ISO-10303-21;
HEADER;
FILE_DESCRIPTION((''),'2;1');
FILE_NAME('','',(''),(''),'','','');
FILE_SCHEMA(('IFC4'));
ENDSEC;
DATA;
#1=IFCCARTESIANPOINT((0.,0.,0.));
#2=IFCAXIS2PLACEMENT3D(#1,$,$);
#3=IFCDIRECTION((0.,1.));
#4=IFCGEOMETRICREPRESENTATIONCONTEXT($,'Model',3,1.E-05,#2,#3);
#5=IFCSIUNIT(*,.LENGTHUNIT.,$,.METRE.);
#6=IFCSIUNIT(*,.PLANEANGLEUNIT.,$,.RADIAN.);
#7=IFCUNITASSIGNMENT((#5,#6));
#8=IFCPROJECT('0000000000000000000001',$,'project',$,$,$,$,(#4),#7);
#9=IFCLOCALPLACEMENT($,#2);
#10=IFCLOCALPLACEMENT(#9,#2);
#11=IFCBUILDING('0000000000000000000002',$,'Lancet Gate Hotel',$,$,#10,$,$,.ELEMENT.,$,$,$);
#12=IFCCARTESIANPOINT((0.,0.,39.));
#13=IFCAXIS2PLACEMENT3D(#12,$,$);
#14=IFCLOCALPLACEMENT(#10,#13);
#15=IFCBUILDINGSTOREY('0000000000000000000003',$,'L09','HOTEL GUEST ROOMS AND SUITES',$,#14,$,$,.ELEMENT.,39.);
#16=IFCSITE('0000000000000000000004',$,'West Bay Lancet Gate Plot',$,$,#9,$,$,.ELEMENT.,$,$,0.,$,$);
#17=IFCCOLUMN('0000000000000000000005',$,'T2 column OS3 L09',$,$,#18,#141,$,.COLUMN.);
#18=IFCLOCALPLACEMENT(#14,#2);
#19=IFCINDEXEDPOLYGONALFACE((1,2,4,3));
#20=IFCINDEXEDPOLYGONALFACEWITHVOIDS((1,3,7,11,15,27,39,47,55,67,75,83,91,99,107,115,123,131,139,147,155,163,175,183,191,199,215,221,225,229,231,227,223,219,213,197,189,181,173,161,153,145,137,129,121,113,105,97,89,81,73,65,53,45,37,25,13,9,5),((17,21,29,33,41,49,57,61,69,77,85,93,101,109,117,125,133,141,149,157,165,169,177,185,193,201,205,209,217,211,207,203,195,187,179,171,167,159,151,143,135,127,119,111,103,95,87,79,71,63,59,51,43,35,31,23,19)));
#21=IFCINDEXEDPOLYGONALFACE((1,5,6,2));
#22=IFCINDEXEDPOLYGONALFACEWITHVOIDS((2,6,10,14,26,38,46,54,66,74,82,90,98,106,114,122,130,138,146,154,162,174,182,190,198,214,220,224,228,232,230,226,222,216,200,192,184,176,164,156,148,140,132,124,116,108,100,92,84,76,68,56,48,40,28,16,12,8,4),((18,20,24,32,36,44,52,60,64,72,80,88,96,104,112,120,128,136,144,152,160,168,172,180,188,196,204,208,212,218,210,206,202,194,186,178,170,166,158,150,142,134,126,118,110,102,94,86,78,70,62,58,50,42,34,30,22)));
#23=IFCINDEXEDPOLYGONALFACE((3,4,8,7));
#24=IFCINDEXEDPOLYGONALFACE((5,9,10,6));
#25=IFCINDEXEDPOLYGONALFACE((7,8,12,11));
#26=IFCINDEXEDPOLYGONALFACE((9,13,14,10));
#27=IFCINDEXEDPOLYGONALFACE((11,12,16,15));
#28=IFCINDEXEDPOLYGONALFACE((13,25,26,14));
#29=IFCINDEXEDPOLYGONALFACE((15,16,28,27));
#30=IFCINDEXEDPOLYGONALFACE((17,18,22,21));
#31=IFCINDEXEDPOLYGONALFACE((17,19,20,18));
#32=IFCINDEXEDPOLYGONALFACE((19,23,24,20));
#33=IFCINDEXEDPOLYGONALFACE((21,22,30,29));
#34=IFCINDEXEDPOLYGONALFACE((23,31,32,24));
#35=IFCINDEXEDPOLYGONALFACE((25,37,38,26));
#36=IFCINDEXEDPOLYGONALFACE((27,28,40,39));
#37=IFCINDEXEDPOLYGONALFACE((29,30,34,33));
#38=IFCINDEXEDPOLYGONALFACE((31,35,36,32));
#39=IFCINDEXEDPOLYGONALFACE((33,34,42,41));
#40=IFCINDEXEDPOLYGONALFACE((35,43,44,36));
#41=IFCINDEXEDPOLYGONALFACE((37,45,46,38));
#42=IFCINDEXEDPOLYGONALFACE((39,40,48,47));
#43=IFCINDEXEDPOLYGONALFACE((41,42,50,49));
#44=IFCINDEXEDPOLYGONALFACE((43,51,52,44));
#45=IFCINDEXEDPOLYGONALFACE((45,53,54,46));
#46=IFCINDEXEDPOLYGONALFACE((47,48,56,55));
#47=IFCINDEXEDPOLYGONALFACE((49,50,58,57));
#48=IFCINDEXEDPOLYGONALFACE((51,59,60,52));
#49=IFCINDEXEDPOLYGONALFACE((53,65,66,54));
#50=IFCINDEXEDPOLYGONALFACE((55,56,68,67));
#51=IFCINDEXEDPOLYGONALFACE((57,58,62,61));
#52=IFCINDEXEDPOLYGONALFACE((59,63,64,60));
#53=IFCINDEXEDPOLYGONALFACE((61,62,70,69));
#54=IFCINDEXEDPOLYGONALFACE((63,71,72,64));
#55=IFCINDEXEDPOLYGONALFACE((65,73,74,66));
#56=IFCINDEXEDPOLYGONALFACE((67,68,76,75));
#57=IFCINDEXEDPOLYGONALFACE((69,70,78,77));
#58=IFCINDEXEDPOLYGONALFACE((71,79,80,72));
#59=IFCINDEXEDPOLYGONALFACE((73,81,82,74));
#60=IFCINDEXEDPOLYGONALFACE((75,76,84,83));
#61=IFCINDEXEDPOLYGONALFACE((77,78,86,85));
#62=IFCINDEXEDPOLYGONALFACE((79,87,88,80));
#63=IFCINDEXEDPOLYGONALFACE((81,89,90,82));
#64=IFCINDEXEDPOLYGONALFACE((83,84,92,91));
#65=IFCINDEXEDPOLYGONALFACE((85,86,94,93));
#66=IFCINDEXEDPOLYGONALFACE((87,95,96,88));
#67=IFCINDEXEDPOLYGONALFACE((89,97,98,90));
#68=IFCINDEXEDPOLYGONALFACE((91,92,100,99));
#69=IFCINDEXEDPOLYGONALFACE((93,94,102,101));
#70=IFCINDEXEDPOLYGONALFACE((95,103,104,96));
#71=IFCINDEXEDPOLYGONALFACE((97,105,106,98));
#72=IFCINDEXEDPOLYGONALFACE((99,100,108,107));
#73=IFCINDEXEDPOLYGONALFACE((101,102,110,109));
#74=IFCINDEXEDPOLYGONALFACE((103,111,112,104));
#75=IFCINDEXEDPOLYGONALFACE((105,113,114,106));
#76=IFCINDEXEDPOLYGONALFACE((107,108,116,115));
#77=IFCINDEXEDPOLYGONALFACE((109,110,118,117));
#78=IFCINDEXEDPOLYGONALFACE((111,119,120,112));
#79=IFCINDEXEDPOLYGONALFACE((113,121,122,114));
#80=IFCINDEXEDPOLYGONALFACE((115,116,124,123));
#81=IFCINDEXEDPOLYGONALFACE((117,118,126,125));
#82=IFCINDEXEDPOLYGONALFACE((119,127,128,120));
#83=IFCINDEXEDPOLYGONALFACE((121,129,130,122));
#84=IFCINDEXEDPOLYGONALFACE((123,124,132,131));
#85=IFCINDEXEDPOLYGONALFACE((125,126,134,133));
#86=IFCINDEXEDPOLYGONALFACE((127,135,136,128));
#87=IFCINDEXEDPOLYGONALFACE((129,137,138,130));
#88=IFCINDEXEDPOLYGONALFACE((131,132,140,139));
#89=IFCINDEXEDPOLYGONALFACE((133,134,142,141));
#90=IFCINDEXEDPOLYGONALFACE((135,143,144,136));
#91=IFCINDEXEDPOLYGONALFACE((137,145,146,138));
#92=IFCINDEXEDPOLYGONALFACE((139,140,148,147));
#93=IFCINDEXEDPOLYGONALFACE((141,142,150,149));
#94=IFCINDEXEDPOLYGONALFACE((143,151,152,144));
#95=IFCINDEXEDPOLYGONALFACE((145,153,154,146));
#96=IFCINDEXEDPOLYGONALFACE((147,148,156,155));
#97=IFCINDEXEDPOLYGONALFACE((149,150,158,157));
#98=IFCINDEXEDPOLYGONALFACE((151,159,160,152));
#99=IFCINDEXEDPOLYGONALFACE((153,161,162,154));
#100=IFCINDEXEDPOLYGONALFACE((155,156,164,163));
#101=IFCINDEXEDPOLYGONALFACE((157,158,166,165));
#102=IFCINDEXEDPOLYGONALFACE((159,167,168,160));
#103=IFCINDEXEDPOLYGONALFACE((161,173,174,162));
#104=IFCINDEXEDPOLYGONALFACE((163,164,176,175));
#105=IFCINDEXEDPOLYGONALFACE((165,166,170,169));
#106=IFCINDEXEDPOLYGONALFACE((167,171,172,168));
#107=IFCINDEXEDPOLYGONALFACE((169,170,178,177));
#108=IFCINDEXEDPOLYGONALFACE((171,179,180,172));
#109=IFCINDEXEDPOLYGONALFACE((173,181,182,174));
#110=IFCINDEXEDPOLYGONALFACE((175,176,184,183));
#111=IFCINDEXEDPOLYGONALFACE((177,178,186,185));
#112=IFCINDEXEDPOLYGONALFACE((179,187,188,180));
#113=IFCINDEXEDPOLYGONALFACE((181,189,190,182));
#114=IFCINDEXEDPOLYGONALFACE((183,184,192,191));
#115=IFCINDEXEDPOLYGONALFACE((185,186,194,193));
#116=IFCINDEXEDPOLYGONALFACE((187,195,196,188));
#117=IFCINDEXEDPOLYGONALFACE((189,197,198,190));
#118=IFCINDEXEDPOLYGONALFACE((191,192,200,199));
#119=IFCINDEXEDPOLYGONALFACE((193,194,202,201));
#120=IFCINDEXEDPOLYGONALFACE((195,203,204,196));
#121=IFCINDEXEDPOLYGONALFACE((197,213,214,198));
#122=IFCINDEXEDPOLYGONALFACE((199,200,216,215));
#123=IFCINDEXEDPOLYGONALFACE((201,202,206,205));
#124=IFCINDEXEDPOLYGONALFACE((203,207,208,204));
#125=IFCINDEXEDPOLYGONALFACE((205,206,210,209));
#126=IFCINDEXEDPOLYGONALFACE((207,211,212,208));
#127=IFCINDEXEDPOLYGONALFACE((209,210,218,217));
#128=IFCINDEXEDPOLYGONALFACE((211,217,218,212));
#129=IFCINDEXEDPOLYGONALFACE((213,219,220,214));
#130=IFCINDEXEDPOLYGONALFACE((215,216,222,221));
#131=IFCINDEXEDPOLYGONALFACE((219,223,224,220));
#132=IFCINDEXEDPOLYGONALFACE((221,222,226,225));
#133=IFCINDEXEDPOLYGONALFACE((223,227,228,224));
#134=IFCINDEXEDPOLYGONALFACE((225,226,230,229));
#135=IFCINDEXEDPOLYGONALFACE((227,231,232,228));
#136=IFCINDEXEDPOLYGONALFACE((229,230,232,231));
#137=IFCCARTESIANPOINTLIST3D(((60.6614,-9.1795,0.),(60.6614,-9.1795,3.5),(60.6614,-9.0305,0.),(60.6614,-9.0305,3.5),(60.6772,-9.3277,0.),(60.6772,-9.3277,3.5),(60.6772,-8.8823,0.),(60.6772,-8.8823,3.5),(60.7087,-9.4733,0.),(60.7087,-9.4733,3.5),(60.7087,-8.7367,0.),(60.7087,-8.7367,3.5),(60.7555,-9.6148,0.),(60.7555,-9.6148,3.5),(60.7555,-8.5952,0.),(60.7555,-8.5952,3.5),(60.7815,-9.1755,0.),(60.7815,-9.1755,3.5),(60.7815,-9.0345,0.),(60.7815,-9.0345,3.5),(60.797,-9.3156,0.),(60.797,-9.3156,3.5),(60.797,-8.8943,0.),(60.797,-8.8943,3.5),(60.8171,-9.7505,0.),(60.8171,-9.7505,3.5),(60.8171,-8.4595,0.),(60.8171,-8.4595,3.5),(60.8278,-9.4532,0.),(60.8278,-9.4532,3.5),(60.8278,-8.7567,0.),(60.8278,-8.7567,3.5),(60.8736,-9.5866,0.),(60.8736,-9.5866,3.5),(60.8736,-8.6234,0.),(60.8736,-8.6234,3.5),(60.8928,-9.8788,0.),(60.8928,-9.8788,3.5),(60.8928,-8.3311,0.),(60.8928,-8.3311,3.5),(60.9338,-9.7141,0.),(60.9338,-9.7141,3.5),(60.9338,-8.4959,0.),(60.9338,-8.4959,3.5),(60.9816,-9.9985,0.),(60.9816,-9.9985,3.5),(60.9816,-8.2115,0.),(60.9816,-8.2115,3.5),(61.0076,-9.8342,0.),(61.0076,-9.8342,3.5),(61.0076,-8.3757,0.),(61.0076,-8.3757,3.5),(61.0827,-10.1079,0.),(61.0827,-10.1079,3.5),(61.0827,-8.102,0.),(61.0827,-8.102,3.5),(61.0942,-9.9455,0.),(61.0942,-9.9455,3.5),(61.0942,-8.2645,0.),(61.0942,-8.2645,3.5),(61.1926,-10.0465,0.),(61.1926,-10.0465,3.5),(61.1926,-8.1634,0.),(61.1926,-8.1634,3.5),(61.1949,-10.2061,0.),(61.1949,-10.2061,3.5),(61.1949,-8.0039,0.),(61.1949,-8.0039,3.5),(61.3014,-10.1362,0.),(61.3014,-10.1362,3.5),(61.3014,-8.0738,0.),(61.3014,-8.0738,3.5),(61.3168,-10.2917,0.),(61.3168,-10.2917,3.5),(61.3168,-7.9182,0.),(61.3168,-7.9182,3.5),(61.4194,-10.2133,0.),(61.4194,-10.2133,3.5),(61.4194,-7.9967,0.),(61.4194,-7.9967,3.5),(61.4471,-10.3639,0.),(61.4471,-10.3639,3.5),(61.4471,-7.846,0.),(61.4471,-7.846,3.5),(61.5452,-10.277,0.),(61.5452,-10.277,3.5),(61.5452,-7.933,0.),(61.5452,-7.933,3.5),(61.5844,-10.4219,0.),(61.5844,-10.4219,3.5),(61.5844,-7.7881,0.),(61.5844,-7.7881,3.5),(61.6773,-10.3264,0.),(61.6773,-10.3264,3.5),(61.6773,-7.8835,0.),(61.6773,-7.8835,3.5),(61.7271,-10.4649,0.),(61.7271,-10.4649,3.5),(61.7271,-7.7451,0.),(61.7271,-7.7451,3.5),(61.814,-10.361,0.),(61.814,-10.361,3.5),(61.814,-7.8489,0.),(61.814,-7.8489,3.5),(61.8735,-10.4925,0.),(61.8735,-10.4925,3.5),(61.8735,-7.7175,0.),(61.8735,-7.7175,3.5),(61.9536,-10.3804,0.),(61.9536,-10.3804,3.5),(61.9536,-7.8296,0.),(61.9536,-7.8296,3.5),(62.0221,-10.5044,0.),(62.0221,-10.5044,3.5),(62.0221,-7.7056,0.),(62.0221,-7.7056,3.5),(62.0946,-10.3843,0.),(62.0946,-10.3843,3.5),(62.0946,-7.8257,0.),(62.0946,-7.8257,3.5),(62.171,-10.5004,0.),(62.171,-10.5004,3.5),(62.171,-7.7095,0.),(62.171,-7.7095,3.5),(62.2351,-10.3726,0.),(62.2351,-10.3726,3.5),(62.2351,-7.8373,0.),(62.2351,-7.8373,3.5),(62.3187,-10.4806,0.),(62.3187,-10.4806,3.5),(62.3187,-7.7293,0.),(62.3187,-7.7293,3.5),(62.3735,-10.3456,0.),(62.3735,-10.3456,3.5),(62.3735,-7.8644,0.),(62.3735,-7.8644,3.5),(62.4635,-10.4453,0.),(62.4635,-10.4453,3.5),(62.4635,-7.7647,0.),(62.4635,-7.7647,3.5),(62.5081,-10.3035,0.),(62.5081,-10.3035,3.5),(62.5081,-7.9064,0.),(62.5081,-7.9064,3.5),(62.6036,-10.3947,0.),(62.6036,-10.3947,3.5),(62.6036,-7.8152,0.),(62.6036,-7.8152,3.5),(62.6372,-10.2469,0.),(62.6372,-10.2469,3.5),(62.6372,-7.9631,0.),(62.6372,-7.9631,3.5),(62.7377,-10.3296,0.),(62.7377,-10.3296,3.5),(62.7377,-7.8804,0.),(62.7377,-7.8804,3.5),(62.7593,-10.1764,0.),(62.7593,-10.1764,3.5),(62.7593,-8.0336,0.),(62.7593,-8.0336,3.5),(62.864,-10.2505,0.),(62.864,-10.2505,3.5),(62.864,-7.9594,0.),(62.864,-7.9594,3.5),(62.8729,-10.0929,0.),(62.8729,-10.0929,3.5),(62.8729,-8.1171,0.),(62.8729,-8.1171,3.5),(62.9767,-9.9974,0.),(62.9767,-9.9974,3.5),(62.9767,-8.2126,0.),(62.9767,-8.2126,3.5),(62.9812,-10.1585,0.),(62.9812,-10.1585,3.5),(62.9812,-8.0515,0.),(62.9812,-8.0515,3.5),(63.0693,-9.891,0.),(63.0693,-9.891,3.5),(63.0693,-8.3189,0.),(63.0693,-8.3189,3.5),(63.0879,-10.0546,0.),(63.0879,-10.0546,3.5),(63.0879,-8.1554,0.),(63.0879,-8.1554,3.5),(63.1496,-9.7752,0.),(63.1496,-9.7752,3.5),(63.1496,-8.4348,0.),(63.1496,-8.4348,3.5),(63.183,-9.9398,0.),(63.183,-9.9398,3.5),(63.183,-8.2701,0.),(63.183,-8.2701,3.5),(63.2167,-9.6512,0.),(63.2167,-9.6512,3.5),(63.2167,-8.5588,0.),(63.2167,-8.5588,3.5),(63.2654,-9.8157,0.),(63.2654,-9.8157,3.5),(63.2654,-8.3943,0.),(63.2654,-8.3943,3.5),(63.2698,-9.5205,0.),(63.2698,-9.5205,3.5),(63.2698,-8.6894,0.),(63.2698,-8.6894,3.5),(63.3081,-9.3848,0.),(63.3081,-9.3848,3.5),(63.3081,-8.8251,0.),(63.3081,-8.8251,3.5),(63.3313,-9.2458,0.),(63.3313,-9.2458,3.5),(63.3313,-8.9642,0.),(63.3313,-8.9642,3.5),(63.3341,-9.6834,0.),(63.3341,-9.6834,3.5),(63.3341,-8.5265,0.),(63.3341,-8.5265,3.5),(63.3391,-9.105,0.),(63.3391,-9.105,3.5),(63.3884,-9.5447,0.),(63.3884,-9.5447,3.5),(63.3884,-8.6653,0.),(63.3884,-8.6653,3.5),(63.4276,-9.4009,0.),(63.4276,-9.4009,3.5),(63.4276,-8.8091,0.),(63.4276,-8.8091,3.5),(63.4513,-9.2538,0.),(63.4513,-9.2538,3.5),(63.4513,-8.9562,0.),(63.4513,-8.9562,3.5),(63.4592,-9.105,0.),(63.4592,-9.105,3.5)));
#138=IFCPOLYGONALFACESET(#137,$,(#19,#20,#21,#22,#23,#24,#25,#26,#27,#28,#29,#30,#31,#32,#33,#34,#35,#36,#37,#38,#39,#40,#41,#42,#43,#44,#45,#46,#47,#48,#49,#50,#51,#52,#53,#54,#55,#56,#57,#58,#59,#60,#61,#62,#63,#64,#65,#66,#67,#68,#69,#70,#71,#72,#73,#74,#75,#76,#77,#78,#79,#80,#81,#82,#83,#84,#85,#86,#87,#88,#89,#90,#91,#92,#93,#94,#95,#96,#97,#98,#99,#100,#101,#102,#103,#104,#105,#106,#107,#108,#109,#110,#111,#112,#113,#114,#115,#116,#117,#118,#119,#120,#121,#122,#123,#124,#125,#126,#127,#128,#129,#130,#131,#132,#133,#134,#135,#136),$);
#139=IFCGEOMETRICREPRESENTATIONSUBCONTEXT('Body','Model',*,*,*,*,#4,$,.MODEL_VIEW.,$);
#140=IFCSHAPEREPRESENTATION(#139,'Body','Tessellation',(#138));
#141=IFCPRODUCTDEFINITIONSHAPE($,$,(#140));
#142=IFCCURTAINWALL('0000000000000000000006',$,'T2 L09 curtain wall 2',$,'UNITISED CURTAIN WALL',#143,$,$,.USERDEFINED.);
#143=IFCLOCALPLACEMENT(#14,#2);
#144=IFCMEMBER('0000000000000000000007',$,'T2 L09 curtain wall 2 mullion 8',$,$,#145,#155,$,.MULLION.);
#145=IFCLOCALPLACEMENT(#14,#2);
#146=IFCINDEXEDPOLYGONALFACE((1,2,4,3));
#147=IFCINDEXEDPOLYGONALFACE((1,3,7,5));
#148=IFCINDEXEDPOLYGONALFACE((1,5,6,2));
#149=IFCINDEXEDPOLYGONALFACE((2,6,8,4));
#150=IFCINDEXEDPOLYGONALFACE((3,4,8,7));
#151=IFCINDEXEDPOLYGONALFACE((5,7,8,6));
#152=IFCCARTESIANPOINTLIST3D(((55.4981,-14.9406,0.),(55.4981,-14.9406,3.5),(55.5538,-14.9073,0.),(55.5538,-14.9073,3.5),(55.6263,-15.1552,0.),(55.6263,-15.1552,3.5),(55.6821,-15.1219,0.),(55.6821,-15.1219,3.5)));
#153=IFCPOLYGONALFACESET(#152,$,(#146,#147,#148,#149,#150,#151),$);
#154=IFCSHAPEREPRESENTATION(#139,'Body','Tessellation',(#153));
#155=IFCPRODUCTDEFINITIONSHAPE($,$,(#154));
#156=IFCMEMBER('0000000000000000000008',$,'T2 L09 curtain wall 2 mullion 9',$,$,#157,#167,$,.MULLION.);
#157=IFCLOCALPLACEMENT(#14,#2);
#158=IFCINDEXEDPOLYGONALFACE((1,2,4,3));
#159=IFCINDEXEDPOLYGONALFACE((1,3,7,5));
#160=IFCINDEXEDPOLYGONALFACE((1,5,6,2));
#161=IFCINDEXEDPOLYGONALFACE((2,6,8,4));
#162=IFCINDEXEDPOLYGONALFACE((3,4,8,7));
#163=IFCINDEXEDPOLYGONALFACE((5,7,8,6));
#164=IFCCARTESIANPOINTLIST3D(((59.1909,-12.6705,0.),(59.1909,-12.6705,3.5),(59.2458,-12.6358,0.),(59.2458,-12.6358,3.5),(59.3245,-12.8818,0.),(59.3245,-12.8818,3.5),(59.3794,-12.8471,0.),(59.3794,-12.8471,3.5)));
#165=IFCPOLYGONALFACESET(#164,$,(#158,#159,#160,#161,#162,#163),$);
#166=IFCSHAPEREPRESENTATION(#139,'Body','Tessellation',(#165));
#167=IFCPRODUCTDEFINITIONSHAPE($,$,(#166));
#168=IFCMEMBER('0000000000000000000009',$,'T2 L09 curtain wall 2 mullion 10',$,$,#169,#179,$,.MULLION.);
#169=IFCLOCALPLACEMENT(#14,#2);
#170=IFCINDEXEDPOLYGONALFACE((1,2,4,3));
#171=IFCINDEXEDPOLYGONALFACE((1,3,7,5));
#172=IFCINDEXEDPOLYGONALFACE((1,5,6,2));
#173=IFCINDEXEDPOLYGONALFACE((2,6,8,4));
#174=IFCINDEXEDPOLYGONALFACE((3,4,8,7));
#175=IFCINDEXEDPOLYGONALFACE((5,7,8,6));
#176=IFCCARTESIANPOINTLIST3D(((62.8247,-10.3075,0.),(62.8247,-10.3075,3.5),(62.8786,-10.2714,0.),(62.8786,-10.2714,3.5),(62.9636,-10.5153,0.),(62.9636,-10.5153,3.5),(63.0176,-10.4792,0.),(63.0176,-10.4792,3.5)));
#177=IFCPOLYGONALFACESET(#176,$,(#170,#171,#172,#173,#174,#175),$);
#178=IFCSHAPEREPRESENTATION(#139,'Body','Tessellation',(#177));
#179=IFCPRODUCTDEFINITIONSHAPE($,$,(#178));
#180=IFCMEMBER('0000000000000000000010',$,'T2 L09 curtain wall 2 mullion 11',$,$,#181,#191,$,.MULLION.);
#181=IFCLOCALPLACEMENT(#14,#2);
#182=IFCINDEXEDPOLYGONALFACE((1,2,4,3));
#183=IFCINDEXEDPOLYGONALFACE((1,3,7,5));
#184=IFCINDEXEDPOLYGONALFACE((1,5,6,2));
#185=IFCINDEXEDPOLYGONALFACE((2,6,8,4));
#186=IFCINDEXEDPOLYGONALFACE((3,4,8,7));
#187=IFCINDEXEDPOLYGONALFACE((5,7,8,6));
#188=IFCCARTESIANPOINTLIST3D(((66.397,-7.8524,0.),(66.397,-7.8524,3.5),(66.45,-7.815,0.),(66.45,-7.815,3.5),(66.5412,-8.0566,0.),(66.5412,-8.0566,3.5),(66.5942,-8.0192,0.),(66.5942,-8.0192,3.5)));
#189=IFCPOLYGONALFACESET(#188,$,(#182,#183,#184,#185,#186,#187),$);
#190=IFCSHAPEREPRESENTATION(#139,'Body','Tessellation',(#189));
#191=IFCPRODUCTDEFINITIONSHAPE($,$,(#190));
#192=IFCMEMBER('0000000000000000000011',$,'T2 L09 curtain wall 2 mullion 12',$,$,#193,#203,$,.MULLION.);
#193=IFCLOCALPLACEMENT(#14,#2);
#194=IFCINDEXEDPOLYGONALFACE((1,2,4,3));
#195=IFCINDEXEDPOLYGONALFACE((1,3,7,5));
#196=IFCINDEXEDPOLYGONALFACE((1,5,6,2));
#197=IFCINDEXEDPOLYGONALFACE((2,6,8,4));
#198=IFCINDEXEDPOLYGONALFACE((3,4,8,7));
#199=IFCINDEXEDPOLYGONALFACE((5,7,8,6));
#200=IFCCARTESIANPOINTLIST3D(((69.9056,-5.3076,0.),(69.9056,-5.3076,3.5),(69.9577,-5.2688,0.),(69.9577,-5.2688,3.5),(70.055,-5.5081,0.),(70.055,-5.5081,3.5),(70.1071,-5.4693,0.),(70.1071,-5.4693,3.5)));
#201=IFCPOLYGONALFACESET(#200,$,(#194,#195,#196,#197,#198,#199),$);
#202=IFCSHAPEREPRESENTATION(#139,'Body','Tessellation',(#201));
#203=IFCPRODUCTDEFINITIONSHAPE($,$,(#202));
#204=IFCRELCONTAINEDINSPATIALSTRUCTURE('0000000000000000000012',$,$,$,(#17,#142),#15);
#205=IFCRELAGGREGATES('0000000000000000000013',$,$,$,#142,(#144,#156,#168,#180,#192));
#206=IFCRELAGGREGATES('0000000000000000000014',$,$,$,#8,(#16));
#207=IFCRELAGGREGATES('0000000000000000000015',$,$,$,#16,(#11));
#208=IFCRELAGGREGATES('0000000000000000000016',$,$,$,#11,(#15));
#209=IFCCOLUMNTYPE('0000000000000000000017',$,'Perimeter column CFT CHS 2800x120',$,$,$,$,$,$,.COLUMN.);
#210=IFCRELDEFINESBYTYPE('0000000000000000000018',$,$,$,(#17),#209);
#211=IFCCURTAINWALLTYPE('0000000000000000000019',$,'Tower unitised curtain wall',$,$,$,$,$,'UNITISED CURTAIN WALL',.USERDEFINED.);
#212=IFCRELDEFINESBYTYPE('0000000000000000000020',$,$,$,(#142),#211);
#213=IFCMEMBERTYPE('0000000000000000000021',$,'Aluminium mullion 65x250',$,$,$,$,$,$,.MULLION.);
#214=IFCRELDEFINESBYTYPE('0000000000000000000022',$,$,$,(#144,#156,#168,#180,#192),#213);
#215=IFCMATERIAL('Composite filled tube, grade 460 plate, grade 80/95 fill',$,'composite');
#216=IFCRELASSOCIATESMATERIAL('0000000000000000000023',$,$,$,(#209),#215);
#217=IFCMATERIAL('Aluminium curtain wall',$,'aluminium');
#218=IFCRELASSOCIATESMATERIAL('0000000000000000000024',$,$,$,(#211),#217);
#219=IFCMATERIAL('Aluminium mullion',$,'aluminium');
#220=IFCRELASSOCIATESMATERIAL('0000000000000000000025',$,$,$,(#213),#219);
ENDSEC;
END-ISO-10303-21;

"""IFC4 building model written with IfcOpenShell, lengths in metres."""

from ifc_helpers import new_model, si_unit, direction, frame, origin, origin_2d, place, context, subcontext, project, spatial, rectangle, hollow_circle, extrude, material, material_profile, profile_set, type_object, element, aggregate, save


model = new_model("IFC4")

# Units and contexts
model_context = context("Model", 3, precision=1e-05, world=origin(), true_north=direction((0.0, 1.0)))
body_context = subcontext(model_context, "Body", "Model", "MODEL_VIEW")
ifc_project = project(units=[si_unit("LENGTHUNIT", "METRE"), si_unit("PLANEANGLEUNIT", "RADIAN")], contexts=[model_context])

# Site, building, storey
site_placement = place(None, origin())
site = spatial("IfcSite", under=ifc_project, at=site_placement, Name="West Bay Lancet Gate Plot", CompositionType="ELEMENT", RefElevation=0.0)
building_placement = place(site_placement, origin())
building = spatial("IfcBuilding", under=site, at=building_placement, Name="Lancet Gate Hotel", CompositionType="ELEMENT")
storey_placement = place(building_placement, frame((0.0, 0.0, 39.0)))
storey = spatial("IfcBuildingStorey", under=building, at=storey_placement, Name="L09", Description="HOTEL GUEST ROOMS AND SUITES", CompositionType="ELEMENT", Elevation=39.0)

# Column
ifc_material_1 = material(Name="Composite filled tube, grade 460 plate, grade 80/95 fill", Category="composite")
ifc_material_profile_1 = material_profile(ifc_material_1, hollow_circle(Radius=1.3999, WallThickness=0.1201, at=origin_2d()), Name="CHS 2800x120")
ifc_profile_set_1 = profile_set([ifc_material_profile_1], Name="Composite filled tube, grade 460 plate, grade 80/95 fill")
column_type = type_object("IfcColumnType", Name="Perimeter column CFT CHS 2800x120", PredefinedType="COLUMN", material=ifc_profile_set_1)
for number, where, z_axis, x_axis, name in (
    (1, (62.0593, -9.105, 0.0), (0.0, 0.0, 1.0), (1.0, 0.0, 0.0), "T2 column OS3 L09"),
):
    element("IfcColumn", number, at=place(storey_placement, frame(where, z_axis=z_axis, x_axis=x_axis)), inside=storey, type_object=column_type, Name=name, PredefinedType="COLUMN", context=body_context, shape_type="SweptSolid", body=[
        extrude(hollow_circle(Radius=1.3999, WallThickness=0.1201, at=origin_2d()), origin(), (0.0, 0.0, 1.0), 3.5),
    ])

# Curtain wall, members
ifc_material_2 = material(Name="Aluminium curtain wall", Category="aluminium")
curtain_wall_type = type_object("IfcCurtainWallType", Name="Tower unitised curtain wall", ElementType="UNITISED CURTAIN WALL", PredefinedType="USERDEFINED", material=ifc_material_2)
curtain_wall_placement = place(storey_placement, origin())
curtain_wall = element("IfcCurtainWall", 2, at=curtain_wall_placement, inside=storey, type_object=curtain_wall_type, Name="T2 L09 curtain wall 2", ObjectType="UNITISED CURTAIN WALL", PredefinedType="USERDEFINED")
ifc_material_3 = material(Name="Aluminium mullion", Category="aluminium")
ifc_material_profile_2 = material_profile(ifc_material_3, rectangle(XDim=0.0649, YDim=0.25, at=origin_2d()), Name="MULLION 65x250")
ifc_profile_set_2 = profile_set([ifc_material_profile_2], Name="Aluminium mullion")
member_type_1 = type_object("IfcMemberType", Name="Aluminium mullion 65x250", PredefinedType="MULLION", material=ifc_profile_set_2)
member_1_placement = place(storey_placement, frame((55.5901, -15.0312, 0.0), z_axis=(0.0, 0.0, 1.0), x_axis=(0.858413, 0.512959, 0.0)))
member_1 = element("IfcMember", 3, at=member_1_placement, type_object=member_type_1, Name="T2 L09 curtain wall 2 mullion 8", PredefinedType="MULLION", context=body_context, shape_type="SweptSolid", body=[
    extrude(rectangle(XDim=0.0649, YDim=0.25, at=origin_2d()), origin(), (0.0, 0.0, 1.0), 3.5),
])
member_2_placement = place(storey_placement, frame((59.2852, -12.7588, 0.0), z_axis=(0.0, 0.0, 1.0), x_axis=(0.845079, 0.534641, 0.0)))
member_2 = element("IfcMember", 4, at=member_2_placement, type_object=member_type_1, Name="T2 L09 curtain wall 2 mullion 9", PredefinedType="MULLION", context=body_context, shape_type="SweptSolid", body=[
    extrude(rectangle(XDim=0.0649, YDim=0.25, at=origin_2d()), origin(), (0.0, 0.0, 1.0), 3.5),
])
member_3_placement = place(storey_placement, frame((62.9211, -10.3933, 0.0), z_axis=(0.0, 0.0, 1.0), x_axis=(0.831198, 0.555976, 0.0)))
member_3 = element("IfcMember", 5, at=member_3_placement, type_object=member_type_1, Name="T2 L09 curtain wall 2 mullion 10", PredefinedType="MULLION", context=body_context, shape_type="SweptSolid", body=[
    extrude(rectangle(XDim=0.0649, YDim=0.25, at=origin_2d()), origin(), (0.0, 0.0, 1.0), 3.5),
])
member_4_placement = place(storey_placement, frame((66.4956, -7.9358, 0.0), z_axis=(0.0, 0.0, 1.0), x_axis=(0.816779, 0.576951, 0.0)))
member_4 = element("IfcMember", 6, at=member_4_placement, type_object=member_type_1, Name="T2 L09 curtain wall 2 mullion 11", PredefinedType="MULLION", context=body_context, shape_type="SweptSolid", body=[
    extrude(rectangle(XDim=0.0649, YDim=0.25, at=origin_2d()), origin(), (0.0, 0.0, 1.0), 3.5),
])
member_5_placement = place(storey_placement, frame((70.0063, -5.3884, 0.0), z_axis=(0.0, 0.0, 1.0), x_axis=(0.80183, 0.597552, 0.0)))
member_5 = element("IfcMember", 7, at=member_5_placement, type_object=member_type_1, Name="T2 L09 curtain wall 2 mullion 12", PredefinedType="MULLION", context=body_context, shape_type="SweptSolid", body=[
    extrude(rectangle(XDim=0.0649, YDim=0.25, at=origin_2d()), origin(), (0.0, 0.0, 1.0), 3.5),
])

aggregate(curtain_wall, [member_1, member_2, member_3, member_4, member_5])

save(model, "model.ifc")
